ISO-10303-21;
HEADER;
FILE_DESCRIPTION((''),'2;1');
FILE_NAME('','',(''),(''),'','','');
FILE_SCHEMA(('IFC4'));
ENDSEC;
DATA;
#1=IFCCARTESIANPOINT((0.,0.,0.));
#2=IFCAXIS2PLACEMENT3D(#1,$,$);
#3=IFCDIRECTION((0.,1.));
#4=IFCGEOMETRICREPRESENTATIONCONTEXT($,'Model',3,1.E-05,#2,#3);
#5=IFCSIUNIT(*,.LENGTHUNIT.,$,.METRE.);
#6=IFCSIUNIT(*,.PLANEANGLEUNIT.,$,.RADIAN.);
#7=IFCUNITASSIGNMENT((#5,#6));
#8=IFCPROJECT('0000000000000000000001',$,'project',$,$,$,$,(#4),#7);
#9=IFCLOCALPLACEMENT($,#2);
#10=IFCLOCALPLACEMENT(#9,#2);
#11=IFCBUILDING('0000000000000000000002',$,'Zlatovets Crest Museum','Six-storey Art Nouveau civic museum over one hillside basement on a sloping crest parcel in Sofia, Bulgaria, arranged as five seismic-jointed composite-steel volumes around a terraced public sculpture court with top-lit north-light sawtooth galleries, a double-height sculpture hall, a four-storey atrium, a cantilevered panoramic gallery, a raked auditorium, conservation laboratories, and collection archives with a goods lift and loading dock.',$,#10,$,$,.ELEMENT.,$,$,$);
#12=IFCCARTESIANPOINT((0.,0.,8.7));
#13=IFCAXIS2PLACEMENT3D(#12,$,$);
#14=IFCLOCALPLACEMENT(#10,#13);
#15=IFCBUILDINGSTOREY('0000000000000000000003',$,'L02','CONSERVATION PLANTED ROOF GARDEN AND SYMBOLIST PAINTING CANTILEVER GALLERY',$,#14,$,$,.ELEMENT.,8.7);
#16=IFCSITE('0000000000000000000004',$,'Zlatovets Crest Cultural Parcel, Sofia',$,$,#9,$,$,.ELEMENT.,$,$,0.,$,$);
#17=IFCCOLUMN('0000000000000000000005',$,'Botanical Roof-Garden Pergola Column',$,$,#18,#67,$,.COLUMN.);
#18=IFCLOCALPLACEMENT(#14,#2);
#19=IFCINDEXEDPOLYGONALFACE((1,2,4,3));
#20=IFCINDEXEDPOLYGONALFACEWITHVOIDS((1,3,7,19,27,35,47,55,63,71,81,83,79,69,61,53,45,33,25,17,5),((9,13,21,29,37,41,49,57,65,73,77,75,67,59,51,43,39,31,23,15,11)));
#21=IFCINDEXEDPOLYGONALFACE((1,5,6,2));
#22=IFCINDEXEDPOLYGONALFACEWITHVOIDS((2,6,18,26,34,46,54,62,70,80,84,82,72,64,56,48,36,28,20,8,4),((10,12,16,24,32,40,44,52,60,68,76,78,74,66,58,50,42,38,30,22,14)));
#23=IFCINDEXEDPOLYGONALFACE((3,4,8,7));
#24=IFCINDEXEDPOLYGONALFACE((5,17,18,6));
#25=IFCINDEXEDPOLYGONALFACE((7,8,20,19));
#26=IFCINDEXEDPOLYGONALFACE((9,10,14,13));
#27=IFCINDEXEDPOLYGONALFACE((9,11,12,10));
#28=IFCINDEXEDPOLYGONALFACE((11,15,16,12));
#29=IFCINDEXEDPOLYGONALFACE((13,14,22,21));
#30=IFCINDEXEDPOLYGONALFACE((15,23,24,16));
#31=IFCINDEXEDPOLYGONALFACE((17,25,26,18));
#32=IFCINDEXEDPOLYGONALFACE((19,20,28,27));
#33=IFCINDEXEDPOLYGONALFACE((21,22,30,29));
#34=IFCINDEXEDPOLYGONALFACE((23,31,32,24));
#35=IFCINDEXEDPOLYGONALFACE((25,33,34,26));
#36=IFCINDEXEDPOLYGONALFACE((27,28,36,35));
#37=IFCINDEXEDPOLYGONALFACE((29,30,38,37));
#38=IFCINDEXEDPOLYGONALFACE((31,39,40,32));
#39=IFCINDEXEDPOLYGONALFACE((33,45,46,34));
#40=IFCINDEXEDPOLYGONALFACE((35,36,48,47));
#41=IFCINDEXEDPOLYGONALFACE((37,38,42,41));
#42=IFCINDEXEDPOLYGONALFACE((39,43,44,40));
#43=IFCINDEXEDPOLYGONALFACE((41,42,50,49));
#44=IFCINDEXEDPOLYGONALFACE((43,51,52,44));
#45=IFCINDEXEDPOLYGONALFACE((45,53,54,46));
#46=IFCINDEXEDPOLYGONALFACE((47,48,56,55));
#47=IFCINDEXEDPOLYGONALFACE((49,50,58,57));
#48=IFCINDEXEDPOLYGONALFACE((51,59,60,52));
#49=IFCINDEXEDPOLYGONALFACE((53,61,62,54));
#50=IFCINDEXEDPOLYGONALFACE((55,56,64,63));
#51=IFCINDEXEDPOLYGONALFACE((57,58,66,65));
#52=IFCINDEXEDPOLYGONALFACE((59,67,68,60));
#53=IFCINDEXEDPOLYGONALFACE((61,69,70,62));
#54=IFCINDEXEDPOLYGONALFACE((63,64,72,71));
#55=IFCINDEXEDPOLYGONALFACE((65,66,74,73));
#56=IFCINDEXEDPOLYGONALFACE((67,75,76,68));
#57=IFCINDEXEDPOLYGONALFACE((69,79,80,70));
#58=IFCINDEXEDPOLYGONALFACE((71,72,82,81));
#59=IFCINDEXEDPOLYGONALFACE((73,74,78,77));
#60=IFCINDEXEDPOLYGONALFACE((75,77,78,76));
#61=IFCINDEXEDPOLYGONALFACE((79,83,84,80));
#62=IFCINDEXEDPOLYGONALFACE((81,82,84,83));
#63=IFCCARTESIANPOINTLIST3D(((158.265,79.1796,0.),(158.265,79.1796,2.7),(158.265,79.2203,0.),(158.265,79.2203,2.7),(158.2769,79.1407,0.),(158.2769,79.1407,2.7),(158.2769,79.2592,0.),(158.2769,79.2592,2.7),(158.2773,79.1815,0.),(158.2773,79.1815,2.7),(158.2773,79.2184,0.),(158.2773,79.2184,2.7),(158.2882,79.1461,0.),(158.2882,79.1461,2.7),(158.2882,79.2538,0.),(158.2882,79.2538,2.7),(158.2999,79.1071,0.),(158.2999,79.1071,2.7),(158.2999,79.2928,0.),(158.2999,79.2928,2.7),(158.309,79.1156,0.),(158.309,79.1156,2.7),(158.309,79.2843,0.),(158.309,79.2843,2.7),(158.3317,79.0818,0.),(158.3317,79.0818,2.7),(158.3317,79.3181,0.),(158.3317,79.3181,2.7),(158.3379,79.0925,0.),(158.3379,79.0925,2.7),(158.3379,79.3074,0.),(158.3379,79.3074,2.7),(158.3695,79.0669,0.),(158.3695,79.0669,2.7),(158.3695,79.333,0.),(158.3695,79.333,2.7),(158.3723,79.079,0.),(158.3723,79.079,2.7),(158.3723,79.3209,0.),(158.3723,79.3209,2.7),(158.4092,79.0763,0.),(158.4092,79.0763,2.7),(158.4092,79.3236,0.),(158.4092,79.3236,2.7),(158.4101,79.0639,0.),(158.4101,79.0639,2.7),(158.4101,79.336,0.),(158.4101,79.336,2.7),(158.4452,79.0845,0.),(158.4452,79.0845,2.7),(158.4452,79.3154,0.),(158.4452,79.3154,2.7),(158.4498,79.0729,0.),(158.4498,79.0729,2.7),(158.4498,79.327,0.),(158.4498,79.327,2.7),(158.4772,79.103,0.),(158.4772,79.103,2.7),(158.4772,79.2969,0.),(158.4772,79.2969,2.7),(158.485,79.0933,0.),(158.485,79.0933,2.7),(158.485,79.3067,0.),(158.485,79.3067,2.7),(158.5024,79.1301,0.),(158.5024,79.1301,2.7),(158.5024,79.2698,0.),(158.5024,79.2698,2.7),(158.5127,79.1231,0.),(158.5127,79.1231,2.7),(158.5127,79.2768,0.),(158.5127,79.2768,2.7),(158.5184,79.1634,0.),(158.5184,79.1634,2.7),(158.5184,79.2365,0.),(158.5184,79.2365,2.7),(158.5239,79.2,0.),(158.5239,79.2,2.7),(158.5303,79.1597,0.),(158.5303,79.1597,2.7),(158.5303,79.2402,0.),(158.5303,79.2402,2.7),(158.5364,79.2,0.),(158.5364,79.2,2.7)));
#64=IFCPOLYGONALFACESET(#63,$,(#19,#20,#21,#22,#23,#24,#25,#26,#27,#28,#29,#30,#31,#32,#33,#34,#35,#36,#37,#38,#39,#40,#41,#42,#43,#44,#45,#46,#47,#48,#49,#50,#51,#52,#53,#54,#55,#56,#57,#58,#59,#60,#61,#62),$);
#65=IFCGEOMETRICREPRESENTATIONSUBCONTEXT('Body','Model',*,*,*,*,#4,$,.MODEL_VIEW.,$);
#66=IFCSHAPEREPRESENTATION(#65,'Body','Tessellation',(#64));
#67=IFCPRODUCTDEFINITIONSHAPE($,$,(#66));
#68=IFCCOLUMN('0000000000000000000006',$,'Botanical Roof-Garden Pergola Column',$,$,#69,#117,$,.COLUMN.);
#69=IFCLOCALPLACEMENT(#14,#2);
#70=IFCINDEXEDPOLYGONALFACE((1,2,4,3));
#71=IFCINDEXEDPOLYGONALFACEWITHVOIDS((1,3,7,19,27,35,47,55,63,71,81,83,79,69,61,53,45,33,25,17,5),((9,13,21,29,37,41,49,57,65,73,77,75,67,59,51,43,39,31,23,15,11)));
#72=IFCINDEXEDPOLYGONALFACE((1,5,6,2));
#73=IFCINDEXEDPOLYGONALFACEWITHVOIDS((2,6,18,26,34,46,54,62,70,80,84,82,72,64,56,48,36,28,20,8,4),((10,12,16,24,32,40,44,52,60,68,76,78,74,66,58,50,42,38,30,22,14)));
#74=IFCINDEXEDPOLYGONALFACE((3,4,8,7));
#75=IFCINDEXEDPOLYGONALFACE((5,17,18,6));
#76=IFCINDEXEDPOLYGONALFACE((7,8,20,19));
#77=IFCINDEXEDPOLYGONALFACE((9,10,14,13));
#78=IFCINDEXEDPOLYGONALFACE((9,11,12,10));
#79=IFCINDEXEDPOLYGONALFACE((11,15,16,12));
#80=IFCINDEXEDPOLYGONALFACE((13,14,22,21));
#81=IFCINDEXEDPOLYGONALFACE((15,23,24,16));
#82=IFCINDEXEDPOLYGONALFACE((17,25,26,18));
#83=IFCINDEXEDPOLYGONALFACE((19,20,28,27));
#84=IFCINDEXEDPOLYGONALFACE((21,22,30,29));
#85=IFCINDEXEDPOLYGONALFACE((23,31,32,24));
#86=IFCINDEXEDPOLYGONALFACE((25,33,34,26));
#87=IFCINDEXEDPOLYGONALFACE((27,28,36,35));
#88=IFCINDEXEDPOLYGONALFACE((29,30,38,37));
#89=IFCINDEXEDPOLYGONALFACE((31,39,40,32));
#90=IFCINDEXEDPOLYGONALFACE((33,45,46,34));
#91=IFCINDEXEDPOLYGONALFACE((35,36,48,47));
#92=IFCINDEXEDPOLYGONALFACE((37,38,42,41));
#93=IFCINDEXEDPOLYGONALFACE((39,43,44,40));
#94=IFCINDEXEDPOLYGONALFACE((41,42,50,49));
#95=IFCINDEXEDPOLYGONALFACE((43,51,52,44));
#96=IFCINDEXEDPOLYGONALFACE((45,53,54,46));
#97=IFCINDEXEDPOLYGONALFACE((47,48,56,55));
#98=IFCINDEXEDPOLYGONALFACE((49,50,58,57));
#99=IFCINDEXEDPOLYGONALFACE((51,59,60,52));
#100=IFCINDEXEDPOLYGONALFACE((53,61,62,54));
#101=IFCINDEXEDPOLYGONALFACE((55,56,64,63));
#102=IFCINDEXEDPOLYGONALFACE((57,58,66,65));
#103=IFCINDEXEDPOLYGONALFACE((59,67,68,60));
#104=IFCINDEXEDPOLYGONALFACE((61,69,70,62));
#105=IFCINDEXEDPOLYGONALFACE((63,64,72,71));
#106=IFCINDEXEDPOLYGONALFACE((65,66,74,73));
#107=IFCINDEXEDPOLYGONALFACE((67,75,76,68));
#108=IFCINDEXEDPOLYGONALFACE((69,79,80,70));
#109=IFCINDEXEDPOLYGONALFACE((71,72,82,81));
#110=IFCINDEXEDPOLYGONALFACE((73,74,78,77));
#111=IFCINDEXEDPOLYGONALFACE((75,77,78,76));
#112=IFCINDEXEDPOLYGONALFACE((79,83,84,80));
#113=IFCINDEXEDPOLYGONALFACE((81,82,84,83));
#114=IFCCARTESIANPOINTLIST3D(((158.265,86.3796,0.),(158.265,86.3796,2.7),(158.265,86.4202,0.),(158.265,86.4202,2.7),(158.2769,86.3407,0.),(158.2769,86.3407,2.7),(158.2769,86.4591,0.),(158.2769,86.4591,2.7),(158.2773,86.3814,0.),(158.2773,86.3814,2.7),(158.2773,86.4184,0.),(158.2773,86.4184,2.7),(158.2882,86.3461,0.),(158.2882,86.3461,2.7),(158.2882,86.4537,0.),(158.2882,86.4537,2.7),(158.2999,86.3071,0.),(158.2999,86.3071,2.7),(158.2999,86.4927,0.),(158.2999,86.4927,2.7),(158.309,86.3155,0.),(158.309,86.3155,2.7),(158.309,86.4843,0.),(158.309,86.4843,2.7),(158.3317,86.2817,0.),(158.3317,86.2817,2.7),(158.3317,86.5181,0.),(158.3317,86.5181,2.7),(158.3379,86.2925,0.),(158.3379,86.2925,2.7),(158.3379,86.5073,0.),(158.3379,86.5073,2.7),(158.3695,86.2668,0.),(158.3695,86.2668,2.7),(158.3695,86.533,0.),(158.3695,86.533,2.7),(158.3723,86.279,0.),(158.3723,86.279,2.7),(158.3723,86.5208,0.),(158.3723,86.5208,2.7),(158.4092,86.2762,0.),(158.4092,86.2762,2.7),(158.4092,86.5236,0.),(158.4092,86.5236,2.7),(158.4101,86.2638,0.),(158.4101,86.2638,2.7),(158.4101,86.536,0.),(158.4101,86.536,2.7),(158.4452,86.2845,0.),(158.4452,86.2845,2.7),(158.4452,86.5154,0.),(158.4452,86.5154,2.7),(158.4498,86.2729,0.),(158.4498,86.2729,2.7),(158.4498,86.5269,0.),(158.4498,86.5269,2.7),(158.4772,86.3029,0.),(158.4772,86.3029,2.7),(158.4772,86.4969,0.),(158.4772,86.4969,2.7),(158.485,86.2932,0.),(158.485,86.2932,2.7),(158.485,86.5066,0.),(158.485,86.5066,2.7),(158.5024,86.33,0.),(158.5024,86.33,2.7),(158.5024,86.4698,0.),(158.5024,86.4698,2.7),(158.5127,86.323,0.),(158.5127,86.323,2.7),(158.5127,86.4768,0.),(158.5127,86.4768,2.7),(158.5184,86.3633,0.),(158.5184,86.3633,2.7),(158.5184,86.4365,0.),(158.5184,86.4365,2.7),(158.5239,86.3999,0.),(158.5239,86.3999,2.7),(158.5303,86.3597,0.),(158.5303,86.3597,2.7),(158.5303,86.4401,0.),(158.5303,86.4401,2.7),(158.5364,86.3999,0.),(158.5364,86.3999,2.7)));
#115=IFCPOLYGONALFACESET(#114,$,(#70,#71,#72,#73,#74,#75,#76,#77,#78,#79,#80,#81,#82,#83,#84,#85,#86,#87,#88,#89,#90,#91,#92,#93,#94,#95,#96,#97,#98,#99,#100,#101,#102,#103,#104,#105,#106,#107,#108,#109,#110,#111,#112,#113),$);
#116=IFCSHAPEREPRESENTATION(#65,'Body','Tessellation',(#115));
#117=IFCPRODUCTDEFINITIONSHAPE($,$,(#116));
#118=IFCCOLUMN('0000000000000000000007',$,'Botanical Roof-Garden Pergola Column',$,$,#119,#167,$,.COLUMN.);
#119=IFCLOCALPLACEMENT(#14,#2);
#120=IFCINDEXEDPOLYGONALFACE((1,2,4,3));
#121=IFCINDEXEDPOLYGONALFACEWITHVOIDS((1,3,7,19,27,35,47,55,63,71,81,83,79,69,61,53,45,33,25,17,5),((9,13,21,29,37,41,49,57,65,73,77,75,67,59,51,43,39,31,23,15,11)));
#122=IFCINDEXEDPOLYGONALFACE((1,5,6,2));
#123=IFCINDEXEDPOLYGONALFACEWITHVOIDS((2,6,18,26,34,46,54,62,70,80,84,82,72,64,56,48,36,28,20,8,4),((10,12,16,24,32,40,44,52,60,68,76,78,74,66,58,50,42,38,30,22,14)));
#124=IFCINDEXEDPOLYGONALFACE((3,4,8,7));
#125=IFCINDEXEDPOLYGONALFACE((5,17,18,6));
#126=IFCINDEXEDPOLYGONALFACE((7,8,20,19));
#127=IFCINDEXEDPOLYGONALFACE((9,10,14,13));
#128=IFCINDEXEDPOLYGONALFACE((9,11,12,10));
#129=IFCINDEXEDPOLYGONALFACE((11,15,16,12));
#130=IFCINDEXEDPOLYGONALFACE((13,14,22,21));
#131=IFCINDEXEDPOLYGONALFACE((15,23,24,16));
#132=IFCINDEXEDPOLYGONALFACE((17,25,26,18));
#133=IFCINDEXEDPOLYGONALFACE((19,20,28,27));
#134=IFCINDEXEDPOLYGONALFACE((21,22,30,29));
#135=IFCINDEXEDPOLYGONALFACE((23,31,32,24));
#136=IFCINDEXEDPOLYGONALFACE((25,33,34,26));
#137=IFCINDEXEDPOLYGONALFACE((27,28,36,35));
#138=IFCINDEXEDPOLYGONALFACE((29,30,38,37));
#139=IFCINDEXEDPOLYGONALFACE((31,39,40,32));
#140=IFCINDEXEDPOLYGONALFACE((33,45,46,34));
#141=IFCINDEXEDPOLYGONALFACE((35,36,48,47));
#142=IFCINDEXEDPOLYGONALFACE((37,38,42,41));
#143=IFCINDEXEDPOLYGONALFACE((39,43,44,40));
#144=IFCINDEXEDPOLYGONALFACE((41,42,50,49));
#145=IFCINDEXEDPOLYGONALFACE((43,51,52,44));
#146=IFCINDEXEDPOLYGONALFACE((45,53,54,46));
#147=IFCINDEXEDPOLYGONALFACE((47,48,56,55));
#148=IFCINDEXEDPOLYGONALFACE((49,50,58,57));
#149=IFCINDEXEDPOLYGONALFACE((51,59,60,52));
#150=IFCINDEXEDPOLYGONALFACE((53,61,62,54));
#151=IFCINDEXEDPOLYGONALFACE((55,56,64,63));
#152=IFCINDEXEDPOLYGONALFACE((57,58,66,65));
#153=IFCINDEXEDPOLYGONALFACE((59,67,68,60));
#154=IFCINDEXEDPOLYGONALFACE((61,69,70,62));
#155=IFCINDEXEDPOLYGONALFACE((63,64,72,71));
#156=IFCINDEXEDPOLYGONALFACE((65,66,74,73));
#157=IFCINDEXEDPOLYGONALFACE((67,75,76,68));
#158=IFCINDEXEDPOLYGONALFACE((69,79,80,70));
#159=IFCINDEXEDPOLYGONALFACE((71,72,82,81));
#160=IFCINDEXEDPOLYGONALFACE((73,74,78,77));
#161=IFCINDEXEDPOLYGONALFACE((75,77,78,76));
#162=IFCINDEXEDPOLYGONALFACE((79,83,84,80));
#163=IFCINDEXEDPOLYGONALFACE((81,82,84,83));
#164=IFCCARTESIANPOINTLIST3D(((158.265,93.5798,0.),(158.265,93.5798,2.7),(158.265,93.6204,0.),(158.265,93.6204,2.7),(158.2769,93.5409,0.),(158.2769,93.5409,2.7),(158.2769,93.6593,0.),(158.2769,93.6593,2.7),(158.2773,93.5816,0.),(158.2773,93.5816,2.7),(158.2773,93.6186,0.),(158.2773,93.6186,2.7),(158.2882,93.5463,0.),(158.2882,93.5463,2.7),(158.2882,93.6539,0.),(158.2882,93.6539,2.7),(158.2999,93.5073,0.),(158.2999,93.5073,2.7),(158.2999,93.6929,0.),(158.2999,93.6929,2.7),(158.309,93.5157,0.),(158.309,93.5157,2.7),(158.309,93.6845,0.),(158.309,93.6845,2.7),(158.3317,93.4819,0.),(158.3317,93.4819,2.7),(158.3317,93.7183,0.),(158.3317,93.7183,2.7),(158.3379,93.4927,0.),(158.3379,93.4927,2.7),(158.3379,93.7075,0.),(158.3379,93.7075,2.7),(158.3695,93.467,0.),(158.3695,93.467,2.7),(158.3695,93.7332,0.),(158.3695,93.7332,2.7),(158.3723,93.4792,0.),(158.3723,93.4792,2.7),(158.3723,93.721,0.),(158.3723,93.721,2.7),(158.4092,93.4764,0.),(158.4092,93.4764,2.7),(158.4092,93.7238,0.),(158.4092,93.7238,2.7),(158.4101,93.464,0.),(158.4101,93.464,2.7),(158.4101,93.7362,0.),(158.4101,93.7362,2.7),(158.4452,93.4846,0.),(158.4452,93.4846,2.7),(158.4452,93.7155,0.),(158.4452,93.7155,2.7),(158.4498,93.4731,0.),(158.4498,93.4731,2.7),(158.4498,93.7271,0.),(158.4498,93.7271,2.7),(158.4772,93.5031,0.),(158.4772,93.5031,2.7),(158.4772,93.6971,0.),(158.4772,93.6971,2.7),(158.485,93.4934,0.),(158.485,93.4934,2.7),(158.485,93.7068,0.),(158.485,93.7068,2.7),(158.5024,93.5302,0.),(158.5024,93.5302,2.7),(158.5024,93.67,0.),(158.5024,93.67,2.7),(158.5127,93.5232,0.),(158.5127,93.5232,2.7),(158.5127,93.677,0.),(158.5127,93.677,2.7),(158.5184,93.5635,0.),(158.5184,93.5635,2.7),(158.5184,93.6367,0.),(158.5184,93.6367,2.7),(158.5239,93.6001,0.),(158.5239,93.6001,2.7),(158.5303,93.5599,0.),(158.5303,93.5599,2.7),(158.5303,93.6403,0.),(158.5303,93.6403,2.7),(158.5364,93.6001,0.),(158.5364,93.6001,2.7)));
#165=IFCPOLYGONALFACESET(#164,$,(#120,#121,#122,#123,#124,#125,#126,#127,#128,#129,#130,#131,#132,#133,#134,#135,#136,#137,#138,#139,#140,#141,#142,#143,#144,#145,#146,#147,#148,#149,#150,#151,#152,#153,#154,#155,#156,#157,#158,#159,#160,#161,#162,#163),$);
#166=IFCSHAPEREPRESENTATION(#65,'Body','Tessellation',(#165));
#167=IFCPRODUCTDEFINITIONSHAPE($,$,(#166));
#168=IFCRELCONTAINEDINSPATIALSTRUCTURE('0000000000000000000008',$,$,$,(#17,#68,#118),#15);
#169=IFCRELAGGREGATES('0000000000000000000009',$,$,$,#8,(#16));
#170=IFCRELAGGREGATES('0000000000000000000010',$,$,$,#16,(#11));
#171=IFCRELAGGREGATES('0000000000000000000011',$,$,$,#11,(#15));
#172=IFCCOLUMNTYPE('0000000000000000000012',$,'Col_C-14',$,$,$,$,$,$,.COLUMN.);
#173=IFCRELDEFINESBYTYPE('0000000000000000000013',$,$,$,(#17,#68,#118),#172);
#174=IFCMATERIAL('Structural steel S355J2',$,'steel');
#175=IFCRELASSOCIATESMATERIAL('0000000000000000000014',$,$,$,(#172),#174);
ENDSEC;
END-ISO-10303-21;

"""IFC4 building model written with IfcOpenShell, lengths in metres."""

from ifc_helpers import new_model, si_unit, direction, frame, origin, origin_2d, place, context, subcontext, project, spatial, hollow_circle, extrude, material, material_profile, profile_set, type_object, element, save


model = new_model("IFC4")

# Units and contexts
model_context = context("Model", 3, precision=1e-05, world=origin(), true_north=direction((0.0, 1.0)))
body_context = subcontext(model_context, "Body", "Model", "MODEL_VIEW")
ifc_project = project(units=[si_unit("LENGTHUNIT", "METRE"), si_unit("PLANEANGLEUNIT", "RADIAN")], contexts=[model_context])

# Site, building, storey
site_placement = place(None, origin())
site = spatial("IfcSite", under=ifc_project, at=site_placement, Name="Zlatovets Crest Cultural Parcel, Sofia", CompositionType="ELEMENT", RefElevation=0.0)
building_placement = place(site_placement, origin())
building = spatial("IfcBuilding", under=site, at=building_placement, Name="Zlatovets Crest Museum", Description="Six-storey Art Nouveau civic museum over one hillside basement on a sloping crest parcel in Sofia, Bulgaria, arranged as five seismic-jointed composite-steel volumes around a terraced public sculpture court with top-lit north-light sawtooth galleries, a double-height sculpture hall, a four-storey atrium, a cantilevered panoramic gallery, a raked auditorium, conservation laboratories, and collection archives with a goods lift and loading dock.", CompositionType="ELEMENT")
storey_placement = place(building_placement, frame((0.0, 0.0, 8.7)))
storey = spatial("IfcBuildingStorey", under=building, at=storey_placement, Name="L02", Description="CONSERVATION PLANTED ROOF GARDEN AND SYMBOLIST PAINTING CANTILEVER GALLERY", CompositionType="ELEMENT", Elevation=8.7)

# Columns
ifc_material = material(Name="Structural steel S355J2", Category="steel")
ifc_material_profile_1 = material_profile(ifc_material, hollow_circle(Radius=0.1365, WallThickness=0.0125, at=origin_2d()), Name="CHS 273.0x12.5")
ifc_profile_set_1 = profile_set([ifc_material_profile_1], Name="Structural steel S355J2")
column_type = type_object("IfcColumnType", Name="Col_C-14", PredefinedType="COLUMN", material=ifc_profile_set_1)
for number, where, z_axis, x_axis, name in (
    (1, (158.3999, 79.2, 0.0), (0.0, 0.0, 1.0), (1.0, 0.0, 0.0), "Botanical Roof-Garden Pergola Column"),
    (2, (158.3999, 86.3999, 0.0), (0.0, 0.0, 1.0), (1.0, 0.0, 0.0), "Botanical Roof-Garden Pergola Column"),
    (3, (158.3999, 93.6001, 0.0), (0.0, 0.0, 1.0), (1.0, 0.0, 0.0), "Botanical Roof-Garden Pergola Column"),
):
    element("IfcColumn", number, at=place(storey_placement, frame(where, z_axis=z_axis, x_axis=x_axis)), inside=storey, type_object=column_type, Name=name, PredefinedType="COLUMN", context=body_context, shape_type="SweptSolid", body=[
        extrude(hollow_circle(Radius=0.1365, WallThickness=0.0125, at=origin_2d()), origin(), (0.0, 0.0, 1.0), 2.7),
    ])

save(model, "model.ifc")
